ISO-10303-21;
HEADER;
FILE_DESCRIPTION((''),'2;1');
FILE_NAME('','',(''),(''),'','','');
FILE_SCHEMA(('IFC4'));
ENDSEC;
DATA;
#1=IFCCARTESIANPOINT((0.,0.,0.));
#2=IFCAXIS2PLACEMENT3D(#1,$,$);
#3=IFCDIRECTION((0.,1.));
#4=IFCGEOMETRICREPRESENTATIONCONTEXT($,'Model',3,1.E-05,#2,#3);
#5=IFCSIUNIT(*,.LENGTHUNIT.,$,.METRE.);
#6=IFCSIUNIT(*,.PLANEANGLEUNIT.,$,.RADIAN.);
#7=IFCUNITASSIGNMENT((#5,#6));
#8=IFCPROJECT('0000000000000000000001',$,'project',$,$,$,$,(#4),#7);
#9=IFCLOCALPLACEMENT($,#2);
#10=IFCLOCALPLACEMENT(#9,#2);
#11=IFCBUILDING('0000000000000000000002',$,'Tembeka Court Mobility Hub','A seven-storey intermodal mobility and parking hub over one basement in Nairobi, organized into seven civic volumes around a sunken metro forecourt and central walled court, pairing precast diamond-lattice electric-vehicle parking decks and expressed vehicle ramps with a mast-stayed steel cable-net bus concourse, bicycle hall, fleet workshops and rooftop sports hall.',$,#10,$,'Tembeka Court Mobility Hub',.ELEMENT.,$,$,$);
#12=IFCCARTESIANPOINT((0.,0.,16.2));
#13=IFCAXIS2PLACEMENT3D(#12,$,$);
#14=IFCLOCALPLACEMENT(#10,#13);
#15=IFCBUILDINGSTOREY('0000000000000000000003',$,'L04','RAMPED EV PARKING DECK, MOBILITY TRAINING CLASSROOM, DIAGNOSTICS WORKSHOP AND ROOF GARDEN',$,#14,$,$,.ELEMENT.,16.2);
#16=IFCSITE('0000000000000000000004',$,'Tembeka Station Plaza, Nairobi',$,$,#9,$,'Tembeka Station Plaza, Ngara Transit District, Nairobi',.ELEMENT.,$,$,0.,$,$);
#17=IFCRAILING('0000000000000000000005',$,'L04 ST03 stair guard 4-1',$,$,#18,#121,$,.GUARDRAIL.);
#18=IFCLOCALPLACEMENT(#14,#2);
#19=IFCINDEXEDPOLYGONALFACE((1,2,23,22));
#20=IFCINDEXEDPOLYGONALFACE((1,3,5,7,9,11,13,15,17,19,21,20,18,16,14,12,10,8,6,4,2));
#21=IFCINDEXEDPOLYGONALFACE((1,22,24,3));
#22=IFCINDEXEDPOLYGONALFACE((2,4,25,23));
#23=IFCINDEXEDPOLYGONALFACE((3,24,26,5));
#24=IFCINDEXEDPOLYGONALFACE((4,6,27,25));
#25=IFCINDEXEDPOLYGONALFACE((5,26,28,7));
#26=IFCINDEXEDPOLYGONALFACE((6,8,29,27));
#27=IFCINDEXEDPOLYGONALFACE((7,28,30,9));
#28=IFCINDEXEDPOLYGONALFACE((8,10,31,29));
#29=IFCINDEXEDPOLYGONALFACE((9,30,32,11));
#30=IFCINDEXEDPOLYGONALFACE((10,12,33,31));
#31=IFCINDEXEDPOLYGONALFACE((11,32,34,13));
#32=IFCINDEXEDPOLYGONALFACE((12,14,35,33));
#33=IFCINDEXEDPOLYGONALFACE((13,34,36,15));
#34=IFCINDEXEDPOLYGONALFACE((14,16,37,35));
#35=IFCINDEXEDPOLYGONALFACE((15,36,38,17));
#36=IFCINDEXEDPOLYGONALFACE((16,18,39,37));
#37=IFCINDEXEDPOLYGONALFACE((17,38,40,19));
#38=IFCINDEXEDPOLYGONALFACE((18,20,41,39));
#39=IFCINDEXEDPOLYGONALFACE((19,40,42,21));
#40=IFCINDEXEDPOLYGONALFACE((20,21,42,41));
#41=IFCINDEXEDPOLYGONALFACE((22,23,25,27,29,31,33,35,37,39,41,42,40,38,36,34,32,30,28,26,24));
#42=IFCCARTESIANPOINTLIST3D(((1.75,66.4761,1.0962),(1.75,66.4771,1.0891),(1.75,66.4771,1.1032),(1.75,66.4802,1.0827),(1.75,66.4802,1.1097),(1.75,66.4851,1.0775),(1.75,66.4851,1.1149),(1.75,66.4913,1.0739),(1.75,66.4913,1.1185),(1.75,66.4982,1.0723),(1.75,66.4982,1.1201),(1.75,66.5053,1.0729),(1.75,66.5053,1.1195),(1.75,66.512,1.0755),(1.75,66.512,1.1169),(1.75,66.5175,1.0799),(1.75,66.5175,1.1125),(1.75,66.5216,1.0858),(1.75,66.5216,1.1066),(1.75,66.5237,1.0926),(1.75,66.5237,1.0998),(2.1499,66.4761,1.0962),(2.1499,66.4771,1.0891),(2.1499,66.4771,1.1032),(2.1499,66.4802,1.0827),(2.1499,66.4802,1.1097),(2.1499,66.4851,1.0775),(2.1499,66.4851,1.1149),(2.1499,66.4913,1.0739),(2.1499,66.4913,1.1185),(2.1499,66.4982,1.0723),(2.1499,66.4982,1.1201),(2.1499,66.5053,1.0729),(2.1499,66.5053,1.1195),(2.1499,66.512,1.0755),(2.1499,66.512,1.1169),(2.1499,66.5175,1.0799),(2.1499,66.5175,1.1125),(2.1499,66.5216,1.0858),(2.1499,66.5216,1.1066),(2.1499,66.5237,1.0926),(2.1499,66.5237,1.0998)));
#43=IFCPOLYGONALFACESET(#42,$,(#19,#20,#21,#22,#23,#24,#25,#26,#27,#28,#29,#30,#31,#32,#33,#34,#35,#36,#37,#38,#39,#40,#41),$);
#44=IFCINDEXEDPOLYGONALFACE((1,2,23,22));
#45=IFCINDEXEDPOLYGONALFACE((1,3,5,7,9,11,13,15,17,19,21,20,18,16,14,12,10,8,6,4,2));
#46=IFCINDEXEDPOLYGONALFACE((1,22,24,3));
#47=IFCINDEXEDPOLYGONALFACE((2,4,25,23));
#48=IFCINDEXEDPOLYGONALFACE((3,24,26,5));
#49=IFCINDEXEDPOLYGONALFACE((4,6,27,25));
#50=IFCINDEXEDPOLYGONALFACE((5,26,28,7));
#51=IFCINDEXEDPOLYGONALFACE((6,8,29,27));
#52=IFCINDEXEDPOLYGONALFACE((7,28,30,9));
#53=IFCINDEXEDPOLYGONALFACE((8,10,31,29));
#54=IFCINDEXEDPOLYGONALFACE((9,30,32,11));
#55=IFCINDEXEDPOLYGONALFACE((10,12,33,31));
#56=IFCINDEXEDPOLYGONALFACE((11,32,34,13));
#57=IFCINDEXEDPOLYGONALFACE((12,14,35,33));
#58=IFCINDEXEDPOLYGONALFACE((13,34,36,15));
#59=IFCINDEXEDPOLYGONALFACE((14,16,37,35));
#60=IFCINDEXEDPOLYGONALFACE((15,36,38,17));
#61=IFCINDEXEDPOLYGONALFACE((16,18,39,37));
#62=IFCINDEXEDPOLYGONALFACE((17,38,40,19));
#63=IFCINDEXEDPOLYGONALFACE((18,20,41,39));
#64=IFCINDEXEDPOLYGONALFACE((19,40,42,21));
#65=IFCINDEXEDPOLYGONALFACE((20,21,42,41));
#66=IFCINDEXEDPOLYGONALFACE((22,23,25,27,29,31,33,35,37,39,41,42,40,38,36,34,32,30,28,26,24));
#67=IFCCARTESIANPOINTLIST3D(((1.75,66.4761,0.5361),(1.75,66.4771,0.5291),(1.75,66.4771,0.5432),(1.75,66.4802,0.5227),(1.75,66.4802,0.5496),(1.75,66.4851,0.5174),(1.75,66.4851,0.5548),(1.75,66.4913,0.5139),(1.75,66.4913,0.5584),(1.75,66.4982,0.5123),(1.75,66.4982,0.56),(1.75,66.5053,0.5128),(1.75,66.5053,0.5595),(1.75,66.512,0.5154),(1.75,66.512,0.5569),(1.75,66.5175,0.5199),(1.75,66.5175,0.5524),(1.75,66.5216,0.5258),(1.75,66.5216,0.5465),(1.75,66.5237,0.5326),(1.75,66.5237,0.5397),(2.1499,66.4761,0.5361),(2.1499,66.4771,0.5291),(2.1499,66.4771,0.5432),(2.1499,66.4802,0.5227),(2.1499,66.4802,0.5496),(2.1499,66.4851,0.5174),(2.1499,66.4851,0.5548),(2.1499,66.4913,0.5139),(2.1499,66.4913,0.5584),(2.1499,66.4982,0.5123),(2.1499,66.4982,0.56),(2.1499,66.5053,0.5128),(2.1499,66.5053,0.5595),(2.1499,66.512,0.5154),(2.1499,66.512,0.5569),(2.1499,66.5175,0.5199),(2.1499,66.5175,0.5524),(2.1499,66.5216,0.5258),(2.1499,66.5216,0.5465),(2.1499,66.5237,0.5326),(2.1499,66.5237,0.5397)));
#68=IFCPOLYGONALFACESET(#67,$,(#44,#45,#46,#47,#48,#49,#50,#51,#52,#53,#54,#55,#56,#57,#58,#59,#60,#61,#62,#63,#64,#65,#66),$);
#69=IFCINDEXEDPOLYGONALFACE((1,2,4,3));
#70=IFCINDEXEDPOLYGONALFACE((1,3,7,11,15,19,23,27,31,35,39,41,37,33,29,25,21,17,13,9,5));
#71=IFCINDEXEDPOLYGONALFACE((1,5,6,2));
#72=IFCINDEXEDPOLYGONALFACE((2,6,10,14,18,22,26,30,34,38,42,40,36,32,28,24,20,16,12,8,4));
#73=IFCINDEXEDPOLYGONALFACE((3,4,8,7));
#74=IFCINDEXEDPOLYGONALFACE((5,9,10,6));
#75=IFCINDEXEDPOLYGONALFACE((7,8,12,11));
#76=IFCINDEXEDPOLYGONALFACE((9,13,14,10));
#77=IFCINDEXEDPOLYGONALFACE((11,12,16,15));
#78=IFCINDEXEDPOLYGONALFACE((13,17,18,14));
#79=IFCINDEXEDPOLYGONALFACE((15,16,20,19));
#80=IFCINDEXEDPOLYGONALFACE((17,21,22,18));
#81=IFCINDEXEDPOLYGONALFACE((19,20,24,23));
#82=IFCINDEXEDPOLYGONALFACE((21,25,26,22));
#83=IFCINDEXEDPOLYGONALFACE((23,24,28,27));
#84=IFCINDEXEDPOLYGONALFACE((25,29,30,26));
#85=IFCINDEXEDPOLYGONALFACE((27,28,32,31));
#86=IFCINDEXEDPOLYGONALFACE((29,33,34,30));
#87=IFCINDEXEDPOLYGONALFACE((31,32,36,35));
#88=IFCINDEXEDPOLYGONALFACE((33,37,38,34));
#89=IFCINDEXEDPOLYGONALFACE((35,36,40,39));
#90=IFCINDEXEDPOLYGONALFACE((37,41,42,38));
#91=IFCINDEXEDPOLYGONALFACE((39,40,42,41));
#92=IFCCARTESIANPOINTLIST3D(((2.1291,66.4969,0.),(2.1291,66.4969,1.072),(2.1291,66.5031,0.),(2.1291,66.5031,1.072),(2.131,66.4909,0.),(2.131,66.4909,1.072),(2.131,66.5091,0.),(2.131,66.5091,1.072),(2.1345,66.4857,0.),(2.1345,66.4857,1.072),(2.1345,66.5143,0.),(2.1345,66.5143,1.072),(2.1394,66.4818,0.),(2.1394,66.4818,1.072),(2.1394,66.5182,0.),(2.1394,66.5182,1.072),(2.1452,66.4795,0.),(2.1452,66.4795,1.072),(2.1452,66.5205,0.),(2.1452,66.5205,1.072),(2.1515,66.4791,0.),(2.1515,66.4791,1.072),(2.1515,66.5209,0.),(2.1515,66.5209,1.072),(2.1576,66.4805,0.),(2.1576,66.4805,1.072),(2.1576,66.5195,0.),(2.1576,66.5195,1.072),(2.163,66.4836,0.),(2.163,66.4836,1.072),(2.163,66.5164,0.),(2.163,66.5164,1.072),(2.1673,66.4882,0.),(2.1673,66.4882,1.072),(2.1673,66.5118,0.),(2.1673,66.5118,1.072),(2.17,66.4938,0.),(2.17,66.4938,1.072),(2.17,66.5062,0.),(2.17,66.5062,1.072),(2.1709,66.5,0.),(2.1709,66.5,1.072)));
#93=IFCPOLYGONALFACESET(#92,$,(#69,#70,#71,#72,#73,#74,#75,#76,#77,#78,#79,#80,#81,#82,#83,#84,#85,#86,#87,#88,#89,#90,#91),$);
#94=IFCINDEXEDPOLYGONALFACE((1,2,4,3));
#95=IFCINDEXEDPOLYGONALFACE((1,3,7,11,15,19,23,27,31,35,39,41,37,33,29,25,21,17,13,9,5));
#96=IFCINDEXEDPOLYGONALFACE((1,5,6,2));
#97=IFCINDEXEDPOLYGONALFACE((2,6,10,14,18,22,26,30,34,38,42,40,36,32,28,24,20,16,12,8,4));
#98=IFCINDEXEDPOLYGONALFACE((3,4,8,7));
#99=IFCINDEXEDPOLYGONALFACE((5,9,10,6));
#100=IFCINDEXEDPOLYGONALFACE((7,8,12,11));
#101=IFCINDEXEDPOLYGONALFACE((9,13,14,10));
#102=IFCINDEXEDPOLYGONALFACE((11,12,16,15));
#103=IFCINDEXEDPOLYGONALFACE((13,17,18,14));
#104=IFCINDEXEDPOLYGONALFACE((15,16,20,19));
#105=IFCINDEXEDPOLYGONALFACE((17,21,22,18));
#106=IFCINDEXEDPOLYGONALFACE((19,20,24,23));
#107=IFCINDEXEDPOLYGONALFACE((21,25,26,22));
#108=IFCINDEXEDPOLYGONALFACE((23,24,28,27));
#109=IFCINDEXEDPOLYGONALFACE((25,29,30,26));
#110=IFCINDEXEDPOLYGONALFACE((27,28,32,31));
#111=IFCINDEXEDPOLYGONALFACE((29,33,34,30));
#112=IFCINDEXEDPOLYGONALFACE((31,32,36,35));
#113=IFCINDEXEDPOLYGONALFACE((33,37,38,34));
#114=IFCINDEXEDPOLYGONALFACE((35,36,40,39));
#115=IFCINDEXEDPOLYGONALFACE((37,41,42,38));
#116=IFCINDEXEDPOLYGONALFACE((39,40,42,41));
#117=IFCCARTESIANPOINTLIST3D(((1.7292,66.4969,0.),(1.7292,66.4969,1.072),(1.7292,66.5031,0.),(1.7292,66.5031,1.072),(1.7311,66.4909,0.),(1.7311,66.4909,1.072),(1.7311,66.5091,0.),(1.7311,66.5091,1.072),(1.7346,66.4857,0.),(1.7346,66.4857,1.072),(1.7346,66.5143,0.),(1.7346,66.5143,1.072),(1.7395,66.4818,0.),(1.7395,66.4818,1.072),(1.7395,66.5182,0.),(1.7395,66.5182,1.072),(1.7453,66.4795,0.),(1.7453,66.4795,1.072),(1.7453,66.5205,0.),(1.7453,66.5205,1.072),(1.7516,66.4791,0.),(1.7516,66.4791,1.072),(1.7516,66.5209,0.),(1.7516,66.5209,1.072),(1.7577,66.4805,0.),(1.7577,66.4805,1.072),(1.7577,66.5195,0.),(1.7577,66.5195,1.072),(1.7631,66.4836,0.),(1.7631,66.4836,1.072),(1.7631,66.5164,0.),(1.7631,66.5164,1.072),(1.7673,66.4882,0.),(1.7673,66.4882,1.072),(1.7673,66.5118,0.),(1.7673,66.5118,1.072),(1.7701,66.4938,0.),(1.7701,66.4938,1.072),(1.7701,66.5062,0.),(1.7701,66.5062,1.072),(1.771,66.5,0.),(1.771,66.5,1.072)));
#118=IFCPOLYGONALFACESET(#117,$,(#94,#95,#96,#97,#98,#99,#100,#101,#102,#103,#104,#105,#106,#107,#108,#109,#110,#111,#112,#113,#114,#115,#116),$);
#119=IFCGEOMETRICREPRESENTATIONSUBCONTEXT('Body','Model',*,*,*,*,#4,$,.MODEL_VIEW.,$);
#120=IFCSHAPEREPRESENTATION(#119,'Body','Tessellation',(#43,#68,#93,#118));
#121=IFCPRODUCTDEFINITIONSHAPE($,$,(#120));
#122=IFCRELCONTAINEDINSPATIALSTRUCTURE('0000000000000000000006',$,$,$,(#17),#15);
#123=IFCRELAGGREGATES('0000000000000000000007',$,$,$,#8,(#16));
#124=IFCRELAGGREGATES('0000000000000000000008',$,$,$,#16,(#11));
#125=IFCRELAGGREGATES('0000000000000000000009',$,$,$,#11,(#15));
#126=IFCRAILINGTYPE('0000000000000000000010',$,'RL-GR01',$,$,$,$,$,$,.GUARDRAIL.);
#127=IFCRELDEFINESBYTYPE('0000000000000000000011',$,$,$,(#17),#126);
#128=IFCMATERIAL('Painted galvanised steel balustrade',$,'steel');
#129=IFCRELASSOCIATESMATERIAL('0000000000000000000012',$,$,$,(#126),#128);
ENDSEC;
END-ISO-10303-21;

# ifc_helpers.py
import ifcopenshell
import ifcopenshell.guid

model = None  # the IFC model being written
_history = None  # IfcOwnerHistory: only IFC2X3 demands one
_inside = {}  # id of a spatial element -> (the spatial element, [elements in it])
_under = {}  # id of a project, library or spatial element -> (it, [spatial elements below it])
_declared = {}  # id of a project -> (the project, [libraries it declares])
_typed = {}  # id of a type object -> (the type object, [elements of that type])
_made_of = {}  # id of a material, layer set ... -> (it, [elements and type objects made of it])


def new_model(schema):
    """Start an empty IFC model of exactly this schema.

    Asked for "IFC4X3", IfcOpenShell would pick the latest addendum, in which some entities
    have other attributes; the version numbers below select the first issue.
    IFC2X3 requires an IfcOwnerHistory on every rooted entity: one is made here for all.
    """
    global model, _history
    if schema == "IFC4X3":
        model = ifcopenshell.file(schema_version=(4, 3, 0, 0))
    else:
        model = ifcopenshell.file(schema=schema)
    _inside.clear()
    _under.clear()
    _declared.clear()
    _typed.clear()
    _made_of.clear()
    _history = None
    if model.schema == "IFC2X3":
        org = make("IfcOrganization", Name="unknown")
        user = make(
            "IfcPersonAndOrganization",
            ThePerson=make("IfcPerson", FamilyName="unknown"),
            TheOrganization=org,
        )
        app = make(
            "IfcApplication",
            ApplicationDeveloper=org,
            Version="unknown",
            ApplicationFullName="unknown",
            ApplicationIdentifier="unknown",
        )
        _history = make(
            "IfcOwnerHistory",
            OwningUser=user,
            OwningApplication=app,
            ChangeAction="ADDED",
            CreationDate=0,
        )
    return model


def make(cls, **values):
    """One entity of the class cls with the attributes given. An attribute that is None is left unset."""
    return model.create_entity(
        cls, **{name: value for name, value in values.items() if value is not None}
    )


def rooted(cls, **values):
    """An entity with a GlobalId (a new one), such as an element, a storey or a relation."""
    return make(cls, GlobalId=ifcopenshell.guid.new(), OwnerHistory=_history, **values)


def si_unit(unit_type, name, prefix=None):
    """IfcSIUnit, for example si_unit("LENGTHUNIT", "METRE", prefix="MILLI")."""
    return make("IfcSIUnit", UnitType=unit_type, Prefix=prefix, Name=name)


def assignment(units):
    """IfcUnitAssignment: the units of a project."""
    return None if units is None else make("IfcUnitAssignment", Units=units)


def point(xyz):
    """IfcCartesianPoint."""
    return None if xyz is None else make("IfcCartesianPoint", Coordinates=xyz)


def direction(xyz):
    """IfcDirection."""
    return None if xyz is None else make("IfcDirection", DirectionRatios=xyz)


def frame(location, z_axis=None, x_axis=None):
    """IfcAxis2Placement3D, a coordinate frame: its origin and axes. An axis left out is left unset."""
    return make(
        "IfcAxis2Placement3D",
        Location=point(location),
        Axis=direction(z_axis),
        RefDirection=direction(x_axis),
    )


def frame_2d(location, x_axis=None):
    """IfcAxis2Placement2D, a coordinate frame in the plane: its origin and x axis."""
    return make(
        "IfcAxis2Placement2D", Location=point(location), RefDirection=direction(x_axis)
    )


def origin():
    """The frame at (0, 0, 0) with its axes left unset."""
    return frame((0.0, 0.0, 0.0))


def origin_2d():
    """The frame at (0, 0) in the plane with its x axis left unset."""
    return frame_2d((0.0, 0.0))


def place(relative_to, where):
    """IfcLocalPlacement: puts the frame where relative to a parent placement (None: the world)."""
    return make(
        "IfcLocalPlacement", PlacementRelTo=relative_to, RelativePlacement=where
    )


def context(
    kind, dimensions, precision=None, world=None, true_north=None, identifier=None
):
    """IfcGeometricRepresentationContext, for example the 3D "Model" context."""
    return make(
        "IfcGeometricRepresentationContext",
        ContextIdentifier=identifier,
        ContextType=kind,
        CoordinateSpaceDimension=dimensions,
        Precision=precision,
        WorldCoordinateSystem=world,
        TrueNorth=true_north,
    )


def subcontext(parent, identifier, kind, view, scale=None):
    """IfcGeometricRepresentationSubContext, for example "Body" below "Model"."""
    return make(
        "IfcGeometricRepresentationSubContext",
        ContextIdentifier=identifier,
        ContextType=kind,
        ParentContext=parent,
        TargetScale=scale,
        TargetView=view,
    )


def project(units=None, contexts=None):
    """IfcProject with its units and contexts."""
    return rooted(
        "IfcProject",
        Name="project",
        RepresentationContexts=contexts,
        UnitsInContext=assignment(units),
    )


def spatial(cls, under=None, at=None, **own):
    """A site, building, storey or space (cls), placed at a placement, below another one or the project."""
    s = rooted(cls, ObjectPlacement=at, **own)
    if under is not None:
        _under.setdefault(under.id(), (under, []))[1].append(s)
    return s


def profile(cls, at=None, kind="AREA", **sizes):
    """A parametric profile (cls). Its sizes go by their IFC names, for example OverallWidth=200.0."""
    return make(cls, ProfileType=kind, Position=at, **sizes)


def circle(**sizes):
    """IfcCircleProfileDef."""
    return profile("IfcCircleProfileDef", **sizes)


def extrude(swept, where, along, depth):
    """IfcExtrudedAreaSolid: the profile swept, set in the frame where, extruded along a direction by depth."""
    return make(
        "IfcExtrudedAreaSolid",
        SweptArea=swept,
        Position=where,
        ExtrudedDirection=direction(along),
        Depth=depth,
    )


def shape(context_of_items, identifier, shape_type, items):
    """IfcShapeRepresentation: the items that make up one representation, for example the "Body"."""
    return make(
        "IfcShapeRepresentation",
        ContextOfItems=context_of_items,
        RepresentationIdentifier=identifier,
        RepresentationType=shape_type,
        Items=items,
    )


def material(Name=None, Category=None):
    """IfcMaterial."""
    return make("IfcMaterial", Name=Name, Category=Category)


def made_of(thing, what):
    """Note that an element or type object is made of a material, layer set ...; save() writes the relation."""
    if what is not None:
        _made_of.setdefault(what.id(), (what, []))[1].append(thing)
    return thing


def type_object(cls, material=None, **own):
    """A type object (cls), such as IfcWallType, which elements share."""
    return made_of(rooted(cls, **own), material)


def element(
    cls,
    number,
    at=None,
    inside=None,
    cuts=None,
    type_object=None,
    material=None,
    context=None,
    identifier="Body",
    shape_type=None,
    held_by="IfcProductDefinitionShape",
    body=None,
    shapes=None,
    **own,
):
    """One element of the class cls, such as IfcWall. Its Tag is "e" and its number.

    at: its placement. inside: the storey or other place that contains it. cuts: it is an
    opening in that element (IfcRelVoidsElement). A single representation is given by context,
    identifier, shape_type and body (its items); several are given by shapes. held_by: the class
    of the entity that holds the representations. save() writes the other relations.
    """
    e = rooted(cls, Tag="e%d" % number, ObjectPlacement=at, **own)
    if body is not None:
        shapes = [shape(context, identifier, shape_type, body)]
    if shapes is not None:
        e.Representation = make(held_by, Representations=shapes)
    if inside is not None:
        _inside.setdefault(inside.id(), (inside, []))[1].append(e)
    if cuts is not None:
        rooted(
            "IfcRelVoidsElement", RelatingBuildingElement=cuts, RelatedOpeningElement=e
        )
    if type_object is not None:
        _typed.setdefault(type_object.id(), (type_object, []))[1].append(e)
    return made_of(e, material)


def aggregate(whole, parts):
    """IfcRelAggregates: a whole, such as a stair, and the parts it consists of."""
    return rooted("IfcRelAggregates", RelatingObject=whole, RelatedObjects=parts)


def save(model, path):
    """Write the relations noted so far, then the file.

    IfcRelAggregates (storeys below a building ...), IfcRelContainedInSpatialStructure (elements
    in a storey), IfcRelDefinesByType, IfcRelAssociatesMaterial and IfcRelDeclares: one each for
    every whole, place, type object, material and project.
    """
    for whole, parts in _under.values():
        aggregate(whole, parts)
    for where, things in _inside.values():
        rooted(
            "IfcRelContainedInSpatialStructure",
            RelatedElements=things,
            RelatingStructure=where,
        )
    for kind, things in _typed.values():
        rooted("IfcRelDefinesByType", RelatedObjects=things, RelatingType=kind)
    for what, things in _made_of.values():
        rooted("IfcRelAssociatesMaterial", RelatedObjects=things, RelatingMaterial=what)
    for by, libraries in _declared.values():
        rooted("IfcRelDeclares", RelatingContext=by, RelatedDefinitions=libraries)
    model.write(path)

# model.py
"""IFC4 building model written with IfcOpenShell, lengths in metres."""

from ifc_helpers import new_model, si_unit, direction, frame, origin, origin_2d, place, context, subcontext, project, spatial, circle, extrude, material, type_object, element, save


model = new_model("IFC4")

# Units and contexts
model_context = context("Model", 3, precision=1e-05, world=origin(), true_north=direction((0.0, 1.0)))
body_context = subcontext(model_context, "Body", "Model", "MODEL_VIEW")
ifc_project = project(units=[si_unit("LENGTHUNIT", "METRE"), si_unit("PLANEANGLEUNIT", "RADIAN")], contexts=[model_context])

# Site, building, storey
site_placement = place(None, origin())
site = spatial("IfcSite", under=ifc_project, at=site_placement, Name="Tembeka Station Plaza, Nairobi", LongName="Tembeka Station Plaza, Ngara Transit District, Nairobi", CompositionType="ELEMENT", RefElevation=0.0)
building_placement = place(site_placement, origin())
building = spatial("IfcBuilding", under=site, at=building_placement, Name="Tembeka Court Mobility Hub", Description="A seven-storey intermodal mobility and parking hub over one basement in Nairobi, organized into seven civic volumes around a sunken metro forecourt and central walled court, pairing precast diamond-lattice electric-vehicle parking decks and expressed vehicle ramps with a mast-stayed steel cable-net bus concourse, bicycle hall, fleet workshops and rooftop sports hall.", LongName="Tembeka Court Mobility Hub", CompositionType="ELEMENT")
storey_placement = place(building_placement, frame((0.0, 0.0, 16.2)))
storey = spatial("IfcBuildingStorey", under=building, at=storey_placement, Name="L04", Description="RAMPED EV PARKING DECK, MOBILITY TRAINING CLASSROOM, DIAGNOSTICS WORKSHOP AND ROOF GARDEN", CompositionType="ELEMENT", Elevation=16.2)

# Railing
ifc_material_1 = material(Name="Painted galvanised steel balustrade", Category="steel")
railing_type_1 = type_object("IfcRailingType", Name="RL-GR01", PredefinedType="GUARDRAIL", material=ifc_material_1)
railing_1_placement = place(storey_placement, frame((2.1499, 66.5, 0.0)))
element("IfcRailing", 1, at=railing_1_placement, inside=storey, type_object=railing_type_1, Name="L04 ST03 stair guard 4-1", PredefinedType="GUARDRAIL", context=body_context, shape_type="SweptSolid", body=[
    extrude(circle(Radius=0.0239, at=origin_2d()), frame((0.0, 0.0, 1.0962), z_axis=(-1.0, 0.0, 0.0), x_axis=(0.0, -1.0, 0.0)), (0.0, 0.0, 1.0), 0.3999),
    extrude(circle(Radius=0.0239, at=origin_2d()), frame((0.0, 0.0, 0.5361), z_axis=(-1.0, 0.0, 0.0), x_axis=(0.0, -1.0, 0.0)), (0.0, 0.0, 1.0), 0.3999),
    extrude(circle(Radius=0.021, at=origin_2d()), origin(), (0.0, 0.0, 1.0), 1.072),
    extrude(circle(Radius=0.021, at=origin_2d()), frame((-0.3999, 0.0, 0.0)), (0.0, 0.0, 1.0), 1.072),
])

save(model, "model.ifc")
